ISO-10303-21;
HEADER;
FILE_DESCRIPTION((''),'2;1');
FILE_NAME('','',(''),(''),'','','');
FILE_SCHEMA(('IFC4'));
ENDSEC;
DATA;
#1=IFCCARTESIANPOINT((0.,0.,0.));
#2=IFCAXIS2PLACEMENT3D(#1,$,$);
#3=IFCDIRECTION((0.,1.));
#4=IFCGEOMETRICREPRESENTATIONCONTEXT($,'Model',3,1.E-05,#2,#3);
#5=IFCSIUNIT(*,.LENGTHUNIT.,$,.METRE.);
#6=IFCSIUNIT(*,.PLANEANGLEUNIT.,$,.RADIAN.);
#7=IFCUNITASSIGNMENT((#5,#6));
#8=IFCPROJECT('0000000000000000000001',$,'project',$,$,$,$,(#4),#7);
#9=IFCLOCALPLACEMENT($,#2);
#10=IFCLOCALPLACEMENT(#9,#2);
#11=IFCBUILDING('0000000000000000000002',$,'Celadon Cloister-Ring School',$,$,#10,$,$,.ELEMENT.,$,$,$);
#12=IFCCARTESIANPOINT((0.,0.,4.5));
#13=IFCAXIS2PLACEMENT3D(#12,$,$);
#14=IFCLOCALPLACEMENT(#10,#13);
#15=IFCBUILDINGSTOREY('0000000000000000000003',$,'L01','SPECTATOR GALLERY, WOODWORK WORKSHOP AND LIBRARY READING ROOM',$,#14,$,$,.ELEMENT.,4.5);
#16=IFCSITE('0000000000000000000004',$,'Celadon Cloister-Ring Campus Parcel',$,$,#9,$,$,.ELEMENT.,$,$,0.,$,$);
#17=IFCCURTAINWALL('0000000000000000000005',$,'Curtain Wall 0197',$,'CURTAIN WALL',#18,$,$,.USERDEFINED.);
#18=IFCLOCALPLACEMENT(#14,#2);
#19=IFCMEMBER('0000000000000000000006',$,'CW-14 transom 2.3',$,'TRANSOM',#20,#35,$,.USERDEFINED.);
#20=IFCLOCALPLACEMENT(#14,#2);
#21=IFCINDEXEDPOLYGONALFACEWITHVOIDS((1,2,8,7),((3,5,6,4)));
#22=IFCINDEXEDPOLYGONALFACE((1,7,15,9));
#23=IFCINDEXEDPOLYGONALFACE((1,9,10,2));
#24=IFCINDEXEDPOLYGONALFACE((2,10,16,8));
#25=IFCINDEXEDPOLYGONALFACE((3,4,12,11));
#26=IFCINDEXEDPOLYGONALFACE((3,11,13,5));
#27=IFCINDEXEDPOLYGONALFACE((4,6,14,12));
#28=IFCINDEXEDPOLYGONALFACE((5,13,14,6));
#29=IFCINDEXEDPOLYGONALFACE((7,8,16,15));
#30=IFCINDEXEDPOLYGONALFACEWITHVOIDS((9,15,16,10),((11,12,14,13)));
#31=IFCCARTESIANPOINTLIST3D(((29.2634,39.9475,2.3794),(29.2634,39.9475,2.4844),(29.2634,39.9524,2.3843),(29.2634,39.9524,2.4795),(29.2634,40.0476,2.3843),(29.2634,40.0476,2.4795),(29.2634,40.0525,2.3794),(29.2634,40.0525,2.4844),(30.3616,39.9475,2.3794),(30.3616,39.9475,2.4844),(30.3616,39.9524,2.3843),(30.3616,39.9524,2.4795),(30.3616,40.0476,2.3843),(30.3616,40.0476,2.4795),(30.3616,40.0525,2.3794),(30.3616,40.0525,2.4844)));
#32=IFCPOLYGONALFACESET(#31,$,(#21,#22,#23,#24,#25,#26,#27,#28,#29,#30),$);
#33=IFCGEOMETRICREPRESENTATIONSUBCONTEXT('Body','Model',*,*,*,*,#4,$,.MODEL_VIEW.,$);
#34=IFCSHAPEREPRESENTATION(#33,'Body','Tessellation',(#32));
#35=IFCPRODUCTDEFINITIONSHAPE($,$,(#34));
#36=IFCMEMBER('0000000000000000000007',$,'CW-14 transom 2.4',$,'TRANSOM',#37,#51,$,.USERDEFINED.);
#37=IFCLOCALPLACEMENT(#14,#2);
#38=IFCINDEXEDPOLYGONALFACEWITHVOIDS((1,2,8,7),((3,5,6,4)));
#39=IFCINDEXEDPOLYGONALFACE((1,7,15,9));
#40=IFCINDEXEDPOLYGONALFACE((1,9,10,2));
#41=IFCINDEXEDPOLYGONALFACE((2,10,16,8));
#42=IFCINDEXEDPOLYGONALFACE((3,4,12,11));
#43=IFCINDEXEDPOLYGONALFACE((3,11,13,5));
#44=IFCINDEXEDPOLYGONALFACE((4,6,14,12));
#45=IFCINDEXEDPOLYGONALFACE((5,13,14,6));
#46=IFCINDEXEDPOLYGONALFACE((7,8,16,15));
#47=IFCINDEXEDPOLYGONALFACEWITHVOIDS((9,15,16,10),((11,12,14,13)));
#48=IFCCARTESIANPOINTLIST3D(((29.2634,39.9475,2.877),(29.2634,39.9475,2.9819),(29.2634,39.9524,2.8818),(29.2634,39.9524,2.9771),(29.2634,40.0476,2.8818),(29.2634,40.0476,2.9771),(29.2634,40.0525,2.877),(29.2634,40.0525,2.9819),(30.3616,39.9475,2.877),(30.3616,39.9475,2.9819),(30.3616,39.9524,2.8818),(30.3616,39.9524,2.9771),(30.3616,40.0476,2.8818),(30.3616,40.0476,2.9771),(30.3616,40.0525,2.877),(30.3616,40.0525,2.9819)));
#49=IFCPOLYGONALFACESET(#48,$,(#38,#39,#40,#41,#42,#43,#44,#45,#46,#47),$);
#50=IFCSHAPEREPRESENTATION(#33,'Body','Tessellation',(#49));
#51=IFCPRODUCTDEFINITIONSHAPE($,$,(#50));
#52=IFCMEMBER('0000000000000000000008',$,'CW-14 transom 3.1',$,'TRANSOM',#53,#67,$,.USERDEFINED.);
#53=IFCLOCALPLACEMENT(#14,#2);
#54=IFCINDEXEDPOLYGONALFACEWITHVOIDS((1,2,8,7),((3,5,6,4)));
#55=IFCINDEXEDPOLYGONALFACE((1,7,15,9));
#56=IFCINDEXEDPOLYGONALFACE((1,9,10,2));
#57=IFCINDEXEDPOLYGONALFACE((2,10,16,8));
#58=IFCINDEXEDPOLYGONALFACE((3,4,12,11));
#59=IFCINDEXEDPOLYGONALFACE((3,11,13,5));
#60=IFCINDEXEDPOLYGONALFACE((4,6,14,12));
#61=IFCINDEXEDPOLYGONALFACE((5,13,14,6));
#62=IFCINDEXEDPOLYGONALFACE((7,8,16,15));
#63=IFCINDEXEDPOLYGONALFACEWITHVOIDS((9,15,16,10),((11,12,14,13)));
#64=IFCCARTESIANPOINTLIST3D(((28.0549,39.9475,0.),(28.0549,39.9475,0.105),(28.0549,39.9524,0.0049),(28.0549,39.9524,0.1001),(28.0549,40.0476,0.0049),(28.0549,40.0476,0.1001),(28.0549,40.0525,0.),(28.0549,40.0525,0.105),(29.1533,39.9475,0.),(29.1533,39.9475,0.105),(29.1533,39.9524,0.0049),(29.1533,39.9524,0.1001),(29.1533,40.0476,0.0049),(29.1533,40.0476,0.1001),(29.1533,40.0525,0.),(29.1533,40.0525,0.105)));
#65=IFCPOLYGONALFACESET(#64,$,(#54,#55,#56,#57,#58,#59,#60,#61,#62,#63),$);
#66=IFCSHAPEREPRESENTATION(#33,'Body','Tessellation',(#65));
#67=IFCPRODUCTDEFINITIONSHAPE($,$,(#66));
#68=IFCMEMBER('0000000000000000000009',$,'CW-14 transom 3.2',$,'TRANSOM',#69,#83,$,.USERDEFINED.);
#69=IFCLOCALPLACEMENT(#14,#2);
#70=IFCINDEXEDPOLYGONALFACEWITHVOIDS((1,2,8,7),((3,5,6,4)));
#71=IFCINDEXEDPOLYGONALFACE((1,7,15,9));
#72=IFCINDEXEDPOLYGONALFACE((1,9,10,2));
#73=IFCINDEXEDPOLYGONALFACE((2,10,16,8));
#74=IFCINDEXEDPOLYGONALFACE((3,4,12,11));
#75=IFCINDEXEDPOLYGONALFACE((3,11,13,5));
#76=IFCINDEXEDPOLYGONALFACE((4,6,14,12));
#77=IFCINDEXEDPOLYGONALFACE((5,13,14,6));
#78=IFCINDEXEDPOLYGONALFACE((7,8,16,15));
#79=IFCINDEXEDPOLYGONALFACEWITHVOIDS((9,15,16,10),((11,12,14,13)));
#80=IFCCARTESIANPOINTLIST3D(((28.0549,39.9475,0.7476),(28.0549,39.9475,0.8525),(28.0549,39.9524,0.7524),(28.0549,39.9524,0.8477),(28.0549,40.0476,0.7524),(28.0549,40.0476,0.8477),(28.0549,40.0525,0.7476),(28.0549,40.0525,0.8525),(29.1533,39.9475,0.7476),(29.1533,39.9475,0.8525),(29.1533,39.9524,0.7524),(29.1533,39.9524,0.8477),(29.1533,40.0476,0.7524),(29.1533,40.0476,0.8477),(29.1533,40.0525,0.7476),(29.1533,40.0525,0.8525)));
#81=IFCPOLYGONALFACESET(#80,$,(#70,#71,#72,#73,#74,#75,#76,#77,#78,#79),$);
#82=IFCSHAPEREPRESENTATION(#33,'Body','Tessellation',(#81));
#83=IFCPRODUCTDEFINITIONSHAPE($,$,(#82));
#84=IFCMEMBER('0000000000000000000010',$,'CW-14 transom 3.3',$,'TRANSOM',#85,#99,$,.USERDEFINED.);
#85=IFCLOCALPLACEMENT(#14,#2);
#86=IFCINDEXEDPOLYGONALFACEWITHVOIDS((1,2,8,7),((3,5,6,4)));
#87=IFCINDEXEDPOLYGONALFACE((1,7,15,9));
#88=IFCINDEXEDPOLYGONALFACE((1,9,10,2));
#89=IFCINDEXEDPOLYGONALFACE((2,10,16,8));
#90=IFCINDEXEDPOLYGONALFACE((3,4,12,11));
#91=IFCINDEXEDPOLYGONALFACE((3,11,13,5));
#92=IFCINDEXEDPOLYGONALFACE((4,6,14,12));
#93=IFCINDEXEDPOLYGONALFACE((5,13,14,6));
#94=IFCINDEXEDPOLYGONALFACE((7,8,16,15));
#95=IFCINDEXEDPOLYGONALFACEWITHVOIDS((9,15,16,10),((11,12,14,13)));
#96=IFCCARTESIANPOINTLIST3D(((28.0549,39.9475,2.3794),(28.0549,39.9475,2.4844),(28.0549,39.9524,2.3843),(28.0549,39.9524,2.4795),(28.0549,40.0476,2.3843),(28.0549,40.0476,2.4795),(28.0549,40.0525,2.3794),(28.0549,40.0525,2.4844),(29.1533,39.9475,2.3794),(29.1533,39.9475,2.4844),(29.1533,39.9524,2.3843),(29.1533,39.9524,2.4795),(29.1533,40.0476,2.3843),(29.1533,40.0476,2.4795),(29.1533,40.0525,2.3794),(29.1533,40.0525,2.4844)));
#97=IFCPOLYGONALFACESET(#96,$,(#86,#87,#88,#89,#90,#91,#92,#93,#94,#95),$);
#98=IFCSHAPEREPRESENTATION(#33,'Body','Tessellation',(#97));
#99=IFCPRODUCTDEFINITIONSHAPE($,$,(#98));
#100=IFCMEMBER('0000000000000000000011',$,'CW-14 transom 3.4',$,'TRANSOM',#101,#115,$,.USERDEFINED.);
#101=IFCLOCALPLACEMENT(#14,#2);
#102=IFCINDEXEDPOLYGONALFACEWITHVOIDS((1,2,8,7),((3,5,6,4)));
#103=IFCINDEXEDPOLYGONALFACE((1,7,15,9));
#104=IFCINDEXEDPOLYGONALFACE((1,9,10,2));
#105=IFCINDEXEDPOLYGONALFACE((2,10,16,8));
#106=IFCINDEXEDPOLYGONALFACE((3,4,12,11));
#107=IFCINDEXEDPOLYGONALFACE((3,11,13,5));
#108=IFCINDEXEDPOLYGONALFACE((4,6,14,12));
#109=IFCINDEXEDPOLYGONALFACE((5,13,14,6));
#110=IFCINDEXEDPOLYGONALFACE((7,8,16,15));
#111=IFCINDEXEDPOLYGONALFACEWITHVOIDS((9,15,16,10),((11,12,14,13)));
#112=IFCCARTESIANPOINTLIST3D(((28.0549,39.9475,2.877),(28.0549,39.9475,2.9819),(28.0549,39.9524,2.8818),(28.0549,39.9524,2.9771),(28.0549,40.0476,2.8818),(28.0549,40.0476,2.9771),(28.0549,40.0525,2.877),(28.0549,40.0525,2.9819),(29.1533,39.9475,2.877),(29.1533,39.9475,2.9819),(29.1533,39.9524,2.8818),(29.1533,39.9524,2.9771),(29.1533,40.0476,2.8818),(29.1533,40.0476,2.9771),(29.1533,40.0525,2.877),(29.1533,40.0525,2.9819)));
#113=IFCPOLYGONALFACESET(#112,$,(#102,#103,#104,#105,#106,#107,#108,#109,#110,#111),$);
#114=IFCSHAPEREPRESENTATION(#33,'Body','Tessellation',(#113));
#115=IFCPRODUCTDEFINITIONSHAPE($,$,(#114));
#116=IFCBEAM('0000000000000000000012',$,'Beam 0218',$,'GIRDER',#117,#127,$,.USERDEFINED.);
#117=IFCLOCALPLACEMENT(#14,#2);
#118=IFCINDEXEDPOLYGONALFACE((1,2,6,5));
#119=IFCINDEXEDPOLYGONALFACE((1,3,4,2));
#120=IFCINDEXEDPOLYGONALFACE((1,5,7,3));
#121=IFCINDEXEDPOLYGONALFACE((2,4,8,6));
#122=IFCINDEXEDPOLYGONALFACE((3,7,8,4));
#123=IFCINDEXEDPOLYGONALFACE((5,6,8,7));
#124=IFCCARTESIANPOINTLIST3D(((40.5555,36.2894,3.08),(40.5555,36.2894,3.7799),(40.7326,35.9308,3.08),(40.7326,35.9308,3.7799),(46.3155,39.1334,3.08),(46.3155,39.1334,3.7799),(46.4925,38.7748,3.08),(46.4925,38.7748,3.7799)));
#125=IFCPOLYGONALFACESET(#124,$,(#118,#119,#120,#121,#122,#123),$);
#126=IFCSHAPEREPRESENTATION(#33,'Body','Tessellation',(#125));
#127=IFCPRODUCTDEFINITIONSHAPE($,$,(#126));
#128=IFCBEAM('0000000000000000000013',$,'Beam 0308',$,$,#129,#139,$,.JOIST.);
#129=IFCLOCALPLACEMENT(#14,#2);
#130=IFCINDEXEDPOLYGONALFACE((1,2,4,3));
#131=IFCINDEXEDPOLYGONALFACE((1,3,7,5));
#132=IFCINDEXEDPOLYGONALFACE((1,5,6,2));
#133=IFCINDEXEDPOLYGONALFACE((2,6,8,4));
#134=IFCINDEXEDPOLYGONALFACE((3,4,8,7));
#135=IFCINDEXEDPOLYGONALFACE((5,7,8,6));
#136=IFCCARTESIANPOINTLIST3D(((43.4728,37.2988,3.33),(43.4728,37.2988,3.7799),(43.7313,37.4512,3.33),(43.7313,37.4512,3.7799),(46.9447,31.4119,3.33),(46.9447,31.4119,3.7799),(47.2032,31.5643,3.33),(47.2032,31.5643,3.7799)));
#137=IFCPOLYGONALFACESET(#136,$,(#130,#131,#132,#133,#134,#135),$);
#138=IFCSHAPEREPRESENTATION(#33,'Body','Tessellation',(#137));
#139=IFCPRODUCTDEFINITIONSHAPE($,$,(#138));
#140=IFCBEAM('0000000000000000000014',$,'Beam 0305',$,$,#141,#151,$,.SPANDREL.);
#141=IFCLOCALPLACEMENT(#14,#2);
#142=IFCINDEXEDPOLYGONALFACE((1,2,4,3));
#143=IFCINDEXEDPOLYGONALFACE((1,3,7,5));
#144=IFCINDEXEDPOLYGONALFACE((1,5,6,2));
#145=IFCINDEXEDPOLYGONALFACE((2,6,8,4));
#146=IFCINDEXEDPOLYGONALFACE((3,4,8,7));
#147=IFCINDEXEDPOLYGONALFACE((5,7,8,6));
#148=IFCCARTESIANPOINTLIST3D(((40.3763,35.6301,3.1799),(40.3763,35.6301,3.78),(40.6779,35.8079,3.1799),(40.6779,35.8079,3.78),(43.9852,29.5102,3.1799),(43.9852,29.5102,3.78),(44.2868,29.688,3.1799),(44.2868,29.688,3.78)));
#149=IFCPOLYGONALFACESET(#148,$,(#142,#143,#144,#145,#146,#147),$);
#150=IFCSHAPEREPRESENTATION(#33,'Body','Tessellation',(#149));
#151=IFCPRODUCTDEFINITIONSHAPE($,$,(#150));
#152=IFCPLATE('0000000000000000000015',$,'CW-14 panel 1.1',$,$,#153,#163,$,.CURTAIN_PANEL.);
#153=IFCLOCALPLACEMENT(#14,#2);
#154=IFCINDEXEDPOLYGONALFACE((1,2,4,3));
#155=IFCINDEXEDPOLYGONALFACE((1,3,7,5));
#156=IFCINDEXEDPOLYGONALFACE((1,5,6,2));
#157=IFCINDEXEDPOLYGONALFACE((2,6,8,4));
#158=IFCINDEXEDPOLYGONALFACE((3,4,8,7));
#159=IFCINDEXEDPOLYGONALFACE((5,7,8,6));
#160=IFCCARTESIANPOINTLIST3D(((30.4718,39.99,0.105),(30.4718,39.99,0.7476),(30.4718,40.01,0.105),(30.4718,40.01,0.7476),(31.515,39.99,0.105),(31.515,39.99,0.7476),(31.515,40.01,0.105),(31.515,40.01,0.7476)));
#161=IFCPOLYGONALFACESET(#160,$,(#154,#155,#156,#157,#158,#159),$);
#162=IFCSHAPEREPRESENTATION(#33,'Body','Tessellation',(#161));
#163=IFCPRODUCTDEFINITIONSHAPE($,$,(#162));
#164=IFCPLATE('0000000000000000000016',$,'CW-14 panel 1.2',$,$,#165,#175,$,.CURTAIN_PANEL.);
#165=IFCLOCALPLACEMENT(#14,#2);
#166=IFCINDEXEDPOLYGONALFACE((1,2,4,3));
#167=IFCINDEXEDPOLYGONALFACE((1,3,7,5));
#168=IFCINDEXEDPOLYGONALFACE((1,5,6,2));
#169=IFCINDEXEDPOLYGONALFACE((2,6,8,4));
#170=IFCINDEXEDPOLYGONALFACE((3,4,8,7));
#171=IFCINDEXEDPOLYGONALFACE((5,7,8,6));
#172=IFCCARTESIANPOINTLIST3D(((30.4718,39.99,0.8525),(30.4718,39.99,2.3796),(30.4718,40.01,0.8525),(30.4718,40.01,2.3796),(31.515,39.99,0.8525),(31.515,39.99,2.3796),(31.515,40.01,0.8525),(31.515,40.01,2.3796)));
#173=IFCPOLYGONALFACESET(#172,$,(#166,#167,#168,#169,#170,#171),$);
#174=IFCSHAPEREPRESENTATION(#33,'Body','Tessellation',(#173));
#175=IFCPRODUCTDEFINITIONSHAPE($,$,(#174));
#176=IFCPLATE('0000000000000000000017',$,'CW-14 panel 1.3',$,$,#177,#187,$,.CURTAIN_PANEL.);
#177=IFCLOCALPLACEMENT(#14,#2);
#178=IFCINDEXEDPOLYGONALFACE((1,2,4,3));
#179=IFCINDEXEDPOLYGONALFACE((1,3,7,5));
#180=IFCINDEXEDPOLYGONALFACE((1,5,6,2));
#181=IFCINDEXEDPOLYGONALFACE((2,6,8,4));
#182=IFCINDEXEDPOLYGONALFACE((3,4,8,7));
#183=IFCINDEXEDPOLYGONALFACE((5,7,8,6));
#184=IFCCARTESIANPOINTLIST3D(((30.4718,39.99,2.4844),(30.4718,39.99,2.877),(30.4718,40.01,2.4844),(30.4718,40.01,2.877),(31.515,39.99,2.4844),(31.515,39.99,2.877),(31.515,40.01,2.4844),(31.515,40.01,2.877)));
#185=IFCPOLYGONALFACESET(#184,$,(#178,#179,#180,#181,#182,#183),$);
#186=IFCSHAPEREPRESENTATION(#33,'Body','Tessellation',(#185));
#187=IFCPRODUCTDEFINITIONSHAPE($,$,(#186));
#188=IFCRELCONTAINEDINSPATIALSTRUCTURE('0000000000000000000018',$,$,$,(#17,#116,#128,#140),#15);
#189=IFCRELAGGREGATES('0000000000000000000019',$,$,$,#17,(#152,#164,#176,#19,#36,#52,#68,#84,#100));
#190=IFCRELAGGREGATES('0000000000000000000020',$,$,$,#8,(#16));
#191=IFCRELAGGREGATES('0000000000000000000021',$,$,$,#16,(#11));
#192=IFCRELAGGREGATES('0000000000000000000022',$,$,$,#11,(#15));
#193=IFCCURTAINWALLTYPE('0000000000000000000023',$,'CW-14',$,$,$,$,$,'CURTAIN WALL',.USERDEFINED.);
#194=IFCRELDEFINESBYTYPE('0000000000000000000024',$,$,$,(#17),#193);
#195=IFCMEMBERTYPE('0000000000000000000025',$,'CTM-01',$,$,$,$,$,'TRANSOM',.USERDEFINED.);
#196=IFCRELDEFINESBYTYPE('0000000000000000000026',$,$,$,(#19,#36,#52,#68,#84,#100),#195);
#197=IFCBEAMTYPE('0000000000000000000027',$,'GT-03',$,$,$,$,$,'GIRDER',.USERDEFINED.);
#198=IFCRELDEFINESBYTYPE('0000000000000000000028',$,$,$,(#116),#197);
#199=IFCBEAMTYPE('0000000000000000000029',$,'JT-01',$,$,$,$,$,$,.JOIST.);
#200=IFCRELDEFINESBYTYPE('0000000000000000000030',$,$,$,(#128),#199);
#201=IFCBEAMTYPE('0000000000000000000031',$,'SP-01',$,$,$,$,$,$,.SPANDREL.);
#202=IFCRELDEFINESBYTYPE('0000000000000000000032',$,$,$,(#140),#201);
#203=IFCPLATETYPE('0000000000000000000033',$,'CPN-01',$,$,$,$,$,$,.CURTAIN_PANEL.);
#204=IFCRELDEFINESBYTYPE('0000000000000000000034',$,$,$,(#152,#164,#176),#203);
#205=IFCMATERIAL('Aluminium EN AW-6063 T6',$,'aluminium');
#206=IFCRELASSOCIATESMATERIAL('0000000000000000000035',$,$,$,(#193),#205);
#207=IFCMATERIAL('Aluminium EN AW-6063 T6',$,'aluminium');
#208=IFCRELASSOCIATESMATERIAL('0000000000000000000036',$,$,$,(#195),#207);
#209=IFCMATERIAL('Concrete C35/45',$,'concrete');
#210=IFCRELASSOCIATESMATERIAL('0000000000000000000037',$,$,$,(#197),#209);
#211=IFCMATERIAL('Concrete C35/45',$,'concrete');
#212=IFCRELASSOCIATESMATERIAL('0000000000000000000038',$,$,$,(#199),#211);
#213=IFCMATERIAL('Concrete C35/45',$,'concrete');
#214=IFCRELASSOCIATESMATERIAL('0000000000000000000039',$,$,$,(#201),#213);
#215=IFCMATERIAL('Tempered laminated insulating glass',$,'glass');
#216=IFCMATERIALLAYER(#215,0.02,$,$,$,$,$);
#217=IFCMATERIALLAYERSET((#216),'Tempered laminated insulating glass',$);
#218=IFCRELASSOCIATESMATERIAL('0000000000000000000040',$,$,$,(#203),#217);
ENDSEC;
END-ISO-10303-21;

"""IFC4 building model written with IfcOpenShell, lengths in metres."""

from ifc_helpers import new_model, si_unit, direction, frame, origin, origin_2d, place, context, subcontext, project, spatial, rectangle, hollow_rectangle, extrude, material, layer, layer_set, material_profile, profile_set, type_object, element, aggregate, save


model = new_model("IFC4")

# Units and contexts
model_context = context("Model", 3, precision=1e-05, world=origin(), true_north=direction((0.0, 1.0)))
body_context = subcontext(model_context, "Body", "Model", "MODEL_VIEW")
ifc_project = project(units=[si_unit("LENGTHUNIT", "METRE"), si_unit("PLANEANGLEUNIT", "RADIAN")], contexts=[model_context])

# Site, building, storey
site_placement = place(None, origin())
site = spatial("IfcSite", under=ifc_project, at=site_placement, Name="Celadon Cloister-Ring Campus Parcel", CompositionType="ELEMENT", RefElevation=0.0)
building_placement = place(site_placement, origin())
building = spatial("IfcBuilding", under=site, at=building_placement, Name="Celadon Cloister-Ring School", CompositionType="ELEMENT")
storey_placement = place(building_placement, frame((0.0, 0.0, 4.5)))
storey = spatial("IfcBuildingStorey", under=building, at=storey_placement, Name="L01", Description="SPECTATOR GALLERY, WOODWORK WORKSHOP AND LIBRARY READING ROOM", CompositionType="ELEMENT", Elevation=4.5)

# Curtain wall, members
ifc_material_1 = material(Name="Aluminium EN AW-6063 T6", Category="aluminium")
curtain_wall_type = type_object("IfcCurtainWallType", Name="CW-14", ElementType="CURTAIN WALL", PredefinedType="USERDEFINED", material=ifc_material_1)
curtain_wall_placement = place(storey_placement, origin())
curtain_wall = element("IfcCurtainWall", 1, at=curtain_wall_placement, inside=storey, type_object=curtain_wall_type, Name="Curtain Wall 0197", ObjectType="CURTAIN WALL", PredefinedType="USERDEFINED")
ifc_material_2 = material(Name="Aluminium EN AW-6063 T6", Category="aluminium")
ifc_material_profile_1 = material_profile(ifc_material_2, hollow_rectangle(XDim=0.105, YDim=0.105, WallThickness=0.0049, at=origin_2d()), Name="RHS105X105X5")
ifc_profile_set_1 = profile_set([ifc_material_profile_1], Name="Aluminium EN AW-6063 T6")
member_type_1 = type_object("IfcMemberType", Name="CTM-01", ElementType="TRANSOM", PredefinedType="USERDEFINED", material=ifc_profile_set_1)
member_1_placement = place(storey_placement, frame((30.3616, 40.0, 2.4319), z_axis=(-1.0, 0.0, 0.0), x_axis=(0.0, -1.0, 0.0)))
member_1 = element("IfcMember", 2, at=member_1_placement, type_object=member_type_1, Name="CW-14 transom 2.3", ObjectType="TRANSOM", PredefinedType="USERDEFINED", context=body_context, shape_type="SweptSolid", body=[
    extrude(hollow_rectangle(XDim=0.105, YDim=0.105, WallThickness=0.0049, at=origin_2d()), origin(), (0.0, 0.0, 1.0), 1.0981),
])
member_2_placement = place(storey_placement, frame((30.3616, 40.0, 2.9294), z_axis=(-1.0, 0.0, 0.0), x_axis=(0.0, -1.0, 0.0)))
member_2 = element("IfcMember", 3, at=member_2_placement, type_object=member_type_1, Name="CW-14 transom 2.4", ObjectType="TRANSOM", PredefinedType="USERDEFINED", context=body_context, shape_type="SweptSolid", body=[
    extrude(hollow_rectangle(XDim=0.105, YDim=0.105, WallThickness=0.0049, at=origin_2d()), origin(), (0.0, 0.0, 1.0), 1.0981),
])
member_3_placement = place(storey_placement, frame((29.1533, 40.0, 0.0525), z_axis=(-1.0, 0.0, 0.0), x_axis=(0.0, -1.0, 0.0)))
member_3 = element("IfcMember", 4, at=member_3_placement, type_object=member_type_1, Name="CW-14 transom 3.1", ObjectType="TRANSOM", PredefinedType="USERDEFINED", context=body_context, shape_type="SweptSolid", body=[
    extrude(hollow_rectangle(XDim=0.105, YDim=0.105, WallThickness=0.0049, at=origin_2d()), origin(), (0.0, 0.0, 1.0), 1.0984),
])
member_4_placement = place(storey_placement, frame((29.1533, 40.0, 0.8), z_axis=(-1.0, 0.0, 0.0), x_axis=(0.0, -1.0, 0.0)))
member_4 = element("IfcMember", 5, at=member_4_placement, type_object=member_type_1, Name="CW-14 transom 3.2", ObjectType="TRANSOM", PredefinedType="USERDEFINED", context=body_context, shape_type="SweptSolid", body=[
    extrude(hollow_rectangle(XDim=0.105, YDim=0.105, WallThickness=0.0049, at=origin_2d()), origin(), (0.0, 0.0, 1.0), 1.0984),
])
member_5_placement = place(storey_placement, frame((29.1533, 40.0, 2.4319), z_axis=(-1.0, 0.0, 0.0), x_axis=(0.0, -1.0, 0.0)))
member_5 = element("IfcMember", 6, at=member_5_placement, type_object=member_type_1, Name="CW-14 transom 3.3", ObjectType="TRANSOM", PredefinedType="USERDEFINED", context=body_context, shape_type="SweptSolid", body=[
    extrude(hollow_rectangle(XDim=0.105, YDim=0.105, WallThickness=0.0049, at=origin_2d()), origin(), (0.0, 0.0, 1.0), 1.0984),
])
member_6_placement = place(storey_placement, frame((29.1533, 40.0, 2.9294), z_axis=(-1.0, 0.0, 0.0), x_axis=(0.0, -1.0, 0.0)))
member_6 = element("IfcMember", 7, at=member_6_placement, type_object=member_type_1, Name="CW-14 transom 3.4", ObjectType="TRANSOM", PredefinedType="USERDEFINED", context=body_context, shape_type="SweptSolid", body=[
    extrude(hollow_rectangle(XDim=0.105, YDim=0.105, WallThickness=0.0049, at=origin_2d()), origin(), (0.0, 0.0, 1.0), 1.0984),
])

# Beams
ifc_material_3 = material(Name="Concrete C35/45", Category="concrete")
ifc_material_profile_2 = material_profile(ifc_material_3, rectangle(XDim=0.3999, YDim=0.7, at=origin_2d()), Name="RC400X700")
ifc_profile_set_2 = profile_set([ifc_material_profile_2], Name="Concrete C35/45")
beam_type_1 = type_object("IfcBeamType", Name="GT-03", ElementType="GIRDER", PredefinedType="USERDEFINED", material=ifc_profile_set_2)
beam_1_placement = place(storey_placement, frame((40.644, 36.1101, 3.4299), z_axis=(0.896658, 0.442723, 0.0), x_axis=(-0.442723, 0.896658, 0.0)))
element("IfcBeam", 8, at=beam_1_placement, inside=storey, type_object=beam_type_1, Name="Beam 0218", ObjectType="GIRDER", PredefinedType="USERDEFINED", context=body_context, shape_type="SweptSolid", body=[
    extrude(rectangle(XDim=0.3999, YDim=0.7, at=origin_2d()), origin(), (0.0, 0.0, 1.0), 6.4238),
])
ifc_material_4 = material(Name="Concrete C35/45", Category="concrete")
ifc_material_profile_3 = material_profile(ifc_material_4, rectangle(XDim=0.3, YDim=0.45, at=origin_2d()), Name="RC300X450")
ifc_profile_set_3 = profile_set([ifc_material_profile_3], Name="Concrete C35/45")
beam_type_2 = type_object("IfcBeamType", Name="JT-01", PredefinedType="JOIST", material=ifc_profile_set_3)
beam_2_placement = place(storey_placement, frame((43.6021, 37.375, 3.5549), z_axis=(0.507999, -0.861358, 0.0), x_axis=(0.861358, 0.507999, 0.0)))
element("IfcBeam", 9, at=beam_2_placement, inside=storey, type_object=beam_type_2, Name="Beam 0308", PredefinedType="JOIST", context=body_context, shape_type="SweptSolid", body=[
    extrude(rectangle(XDim=0.3, YDim=0.45, at=origin_2d()), origin(), (0.0, 0.0, 1.0), 6.8345),
])
ifc_material_5 = material(Name="Concrete C35/45", Category="concrete")
ifc_material_profile_4 = material_profile(ifc_material_5, rectangle(XDim=0.3501, YDim=0.6001, at=origin_2d()), Name="RC350X600")
ifc_profile_set_4 = profile_set([ifc_material_profile_4], Name="Concrete C35/45")
beam_type_3 = type_object("IfcBeamType", Name="SP-01", PredefinedType="SPANDREL", material=ifc_profile_set_4)
beam_3_placement = place(storey_placement, frame((40.5271, 35.719, 3.48), z_axis=(0.507957, -0.861382, 0.0), x_axis=(0.861382, 0.507957, 0.0)))
element("IfcBeam", 10, at=beam_3_placement, inside=storey, type_object=beam_type_3, Name="Beam 0305", PredefinedType="SPANDREL", context=body_context, shape_type="SweptSolid", body=[
    extrude(rectangle(XDim=0.3501, YDim=0.6001, at=origin_2d()), origin(), (0.0, 0.0, 1.0), 7.1047),
])

# Plates
ifc_material_6 = material(Name="Tempered laminated insulating glass", Category="glass")
ifc_layer_1 = layer(ifc_material_6, 0.02)
ifc_layer_set_1 = layer_set([ifc_layer_1], Name="Tempered laminated insulating glass")
plate_type = type_object("IfcPlateType", Name="CPN-01", PredefinedType="CURTAIN_PANEL", material=ifc_layer_set_1)
plate_1_placement = place(storey_placement, frame((30.9934, 40.0, 0.105), z_axis=(0.0, 0.0, 1.0), x_axis=(-1.0, 0.0, 0.0)))
plate_1 = element("IfcPlate", 11, at=plate_1_placement, type_object=plate_type, Name="CW-14 panel 1.1", PredefinedType="CURTAIN_PANEL", context=body_context, shape_type="SweptSolid", body=[
    extrude(rectangle(XDim=1.0432, YDim=0.02, at=origin_2d()), origin(), (0.0, 0.0, 1.0), 0.6426),
])
plate_2_placement = place(storey_placement, frame((30.9934, 40.0, 0.8525), z_axis=(0.0, 0.0, 1.0), x_axis=(-1.0, 0.0, 0.0)))
plate_2 = element("IfcPlate", 12, at=plate_2_placement, type_object=plate_type, Name="CW-14 panel 1.2", PredefinedType="CURTAIN_PANEL", context=body_context, shape_type="SweptSolid", body=[
    extrude(rectangle(XDim=1.0432, YDim=0.02, at=origin_2d()), origin(), (0.0, 0.0, 1.0), 1.5271),
])
plate_3_placement = place(storey_placement, frame((30.9934, 40.0, 2.4844), z_axis=(0.0, 0.0, 1.0), x_axis=(-1.0, 0.0, 0.0)))
plate_3 = element("IfcPlate", 13, at=plate_3_placement, type_object=plate_type, Name="CW-14 panel 1.3", PredefinedType="CURTAIN_PANEL", context=body_context, shape_type="SweptSolid", body=[
    extrude(rectangle(XDim=1.0432, YDim=0.02, at=origin_2d()), origin(), (0.0, 0.0, 1.0), 0.3926),
])
aggregate(curtain_wall, [plate_1, plate_2, plate_3, member_1, member_2, member_3, member_4, member_5, member_6])

save(model, "model.ifc")
